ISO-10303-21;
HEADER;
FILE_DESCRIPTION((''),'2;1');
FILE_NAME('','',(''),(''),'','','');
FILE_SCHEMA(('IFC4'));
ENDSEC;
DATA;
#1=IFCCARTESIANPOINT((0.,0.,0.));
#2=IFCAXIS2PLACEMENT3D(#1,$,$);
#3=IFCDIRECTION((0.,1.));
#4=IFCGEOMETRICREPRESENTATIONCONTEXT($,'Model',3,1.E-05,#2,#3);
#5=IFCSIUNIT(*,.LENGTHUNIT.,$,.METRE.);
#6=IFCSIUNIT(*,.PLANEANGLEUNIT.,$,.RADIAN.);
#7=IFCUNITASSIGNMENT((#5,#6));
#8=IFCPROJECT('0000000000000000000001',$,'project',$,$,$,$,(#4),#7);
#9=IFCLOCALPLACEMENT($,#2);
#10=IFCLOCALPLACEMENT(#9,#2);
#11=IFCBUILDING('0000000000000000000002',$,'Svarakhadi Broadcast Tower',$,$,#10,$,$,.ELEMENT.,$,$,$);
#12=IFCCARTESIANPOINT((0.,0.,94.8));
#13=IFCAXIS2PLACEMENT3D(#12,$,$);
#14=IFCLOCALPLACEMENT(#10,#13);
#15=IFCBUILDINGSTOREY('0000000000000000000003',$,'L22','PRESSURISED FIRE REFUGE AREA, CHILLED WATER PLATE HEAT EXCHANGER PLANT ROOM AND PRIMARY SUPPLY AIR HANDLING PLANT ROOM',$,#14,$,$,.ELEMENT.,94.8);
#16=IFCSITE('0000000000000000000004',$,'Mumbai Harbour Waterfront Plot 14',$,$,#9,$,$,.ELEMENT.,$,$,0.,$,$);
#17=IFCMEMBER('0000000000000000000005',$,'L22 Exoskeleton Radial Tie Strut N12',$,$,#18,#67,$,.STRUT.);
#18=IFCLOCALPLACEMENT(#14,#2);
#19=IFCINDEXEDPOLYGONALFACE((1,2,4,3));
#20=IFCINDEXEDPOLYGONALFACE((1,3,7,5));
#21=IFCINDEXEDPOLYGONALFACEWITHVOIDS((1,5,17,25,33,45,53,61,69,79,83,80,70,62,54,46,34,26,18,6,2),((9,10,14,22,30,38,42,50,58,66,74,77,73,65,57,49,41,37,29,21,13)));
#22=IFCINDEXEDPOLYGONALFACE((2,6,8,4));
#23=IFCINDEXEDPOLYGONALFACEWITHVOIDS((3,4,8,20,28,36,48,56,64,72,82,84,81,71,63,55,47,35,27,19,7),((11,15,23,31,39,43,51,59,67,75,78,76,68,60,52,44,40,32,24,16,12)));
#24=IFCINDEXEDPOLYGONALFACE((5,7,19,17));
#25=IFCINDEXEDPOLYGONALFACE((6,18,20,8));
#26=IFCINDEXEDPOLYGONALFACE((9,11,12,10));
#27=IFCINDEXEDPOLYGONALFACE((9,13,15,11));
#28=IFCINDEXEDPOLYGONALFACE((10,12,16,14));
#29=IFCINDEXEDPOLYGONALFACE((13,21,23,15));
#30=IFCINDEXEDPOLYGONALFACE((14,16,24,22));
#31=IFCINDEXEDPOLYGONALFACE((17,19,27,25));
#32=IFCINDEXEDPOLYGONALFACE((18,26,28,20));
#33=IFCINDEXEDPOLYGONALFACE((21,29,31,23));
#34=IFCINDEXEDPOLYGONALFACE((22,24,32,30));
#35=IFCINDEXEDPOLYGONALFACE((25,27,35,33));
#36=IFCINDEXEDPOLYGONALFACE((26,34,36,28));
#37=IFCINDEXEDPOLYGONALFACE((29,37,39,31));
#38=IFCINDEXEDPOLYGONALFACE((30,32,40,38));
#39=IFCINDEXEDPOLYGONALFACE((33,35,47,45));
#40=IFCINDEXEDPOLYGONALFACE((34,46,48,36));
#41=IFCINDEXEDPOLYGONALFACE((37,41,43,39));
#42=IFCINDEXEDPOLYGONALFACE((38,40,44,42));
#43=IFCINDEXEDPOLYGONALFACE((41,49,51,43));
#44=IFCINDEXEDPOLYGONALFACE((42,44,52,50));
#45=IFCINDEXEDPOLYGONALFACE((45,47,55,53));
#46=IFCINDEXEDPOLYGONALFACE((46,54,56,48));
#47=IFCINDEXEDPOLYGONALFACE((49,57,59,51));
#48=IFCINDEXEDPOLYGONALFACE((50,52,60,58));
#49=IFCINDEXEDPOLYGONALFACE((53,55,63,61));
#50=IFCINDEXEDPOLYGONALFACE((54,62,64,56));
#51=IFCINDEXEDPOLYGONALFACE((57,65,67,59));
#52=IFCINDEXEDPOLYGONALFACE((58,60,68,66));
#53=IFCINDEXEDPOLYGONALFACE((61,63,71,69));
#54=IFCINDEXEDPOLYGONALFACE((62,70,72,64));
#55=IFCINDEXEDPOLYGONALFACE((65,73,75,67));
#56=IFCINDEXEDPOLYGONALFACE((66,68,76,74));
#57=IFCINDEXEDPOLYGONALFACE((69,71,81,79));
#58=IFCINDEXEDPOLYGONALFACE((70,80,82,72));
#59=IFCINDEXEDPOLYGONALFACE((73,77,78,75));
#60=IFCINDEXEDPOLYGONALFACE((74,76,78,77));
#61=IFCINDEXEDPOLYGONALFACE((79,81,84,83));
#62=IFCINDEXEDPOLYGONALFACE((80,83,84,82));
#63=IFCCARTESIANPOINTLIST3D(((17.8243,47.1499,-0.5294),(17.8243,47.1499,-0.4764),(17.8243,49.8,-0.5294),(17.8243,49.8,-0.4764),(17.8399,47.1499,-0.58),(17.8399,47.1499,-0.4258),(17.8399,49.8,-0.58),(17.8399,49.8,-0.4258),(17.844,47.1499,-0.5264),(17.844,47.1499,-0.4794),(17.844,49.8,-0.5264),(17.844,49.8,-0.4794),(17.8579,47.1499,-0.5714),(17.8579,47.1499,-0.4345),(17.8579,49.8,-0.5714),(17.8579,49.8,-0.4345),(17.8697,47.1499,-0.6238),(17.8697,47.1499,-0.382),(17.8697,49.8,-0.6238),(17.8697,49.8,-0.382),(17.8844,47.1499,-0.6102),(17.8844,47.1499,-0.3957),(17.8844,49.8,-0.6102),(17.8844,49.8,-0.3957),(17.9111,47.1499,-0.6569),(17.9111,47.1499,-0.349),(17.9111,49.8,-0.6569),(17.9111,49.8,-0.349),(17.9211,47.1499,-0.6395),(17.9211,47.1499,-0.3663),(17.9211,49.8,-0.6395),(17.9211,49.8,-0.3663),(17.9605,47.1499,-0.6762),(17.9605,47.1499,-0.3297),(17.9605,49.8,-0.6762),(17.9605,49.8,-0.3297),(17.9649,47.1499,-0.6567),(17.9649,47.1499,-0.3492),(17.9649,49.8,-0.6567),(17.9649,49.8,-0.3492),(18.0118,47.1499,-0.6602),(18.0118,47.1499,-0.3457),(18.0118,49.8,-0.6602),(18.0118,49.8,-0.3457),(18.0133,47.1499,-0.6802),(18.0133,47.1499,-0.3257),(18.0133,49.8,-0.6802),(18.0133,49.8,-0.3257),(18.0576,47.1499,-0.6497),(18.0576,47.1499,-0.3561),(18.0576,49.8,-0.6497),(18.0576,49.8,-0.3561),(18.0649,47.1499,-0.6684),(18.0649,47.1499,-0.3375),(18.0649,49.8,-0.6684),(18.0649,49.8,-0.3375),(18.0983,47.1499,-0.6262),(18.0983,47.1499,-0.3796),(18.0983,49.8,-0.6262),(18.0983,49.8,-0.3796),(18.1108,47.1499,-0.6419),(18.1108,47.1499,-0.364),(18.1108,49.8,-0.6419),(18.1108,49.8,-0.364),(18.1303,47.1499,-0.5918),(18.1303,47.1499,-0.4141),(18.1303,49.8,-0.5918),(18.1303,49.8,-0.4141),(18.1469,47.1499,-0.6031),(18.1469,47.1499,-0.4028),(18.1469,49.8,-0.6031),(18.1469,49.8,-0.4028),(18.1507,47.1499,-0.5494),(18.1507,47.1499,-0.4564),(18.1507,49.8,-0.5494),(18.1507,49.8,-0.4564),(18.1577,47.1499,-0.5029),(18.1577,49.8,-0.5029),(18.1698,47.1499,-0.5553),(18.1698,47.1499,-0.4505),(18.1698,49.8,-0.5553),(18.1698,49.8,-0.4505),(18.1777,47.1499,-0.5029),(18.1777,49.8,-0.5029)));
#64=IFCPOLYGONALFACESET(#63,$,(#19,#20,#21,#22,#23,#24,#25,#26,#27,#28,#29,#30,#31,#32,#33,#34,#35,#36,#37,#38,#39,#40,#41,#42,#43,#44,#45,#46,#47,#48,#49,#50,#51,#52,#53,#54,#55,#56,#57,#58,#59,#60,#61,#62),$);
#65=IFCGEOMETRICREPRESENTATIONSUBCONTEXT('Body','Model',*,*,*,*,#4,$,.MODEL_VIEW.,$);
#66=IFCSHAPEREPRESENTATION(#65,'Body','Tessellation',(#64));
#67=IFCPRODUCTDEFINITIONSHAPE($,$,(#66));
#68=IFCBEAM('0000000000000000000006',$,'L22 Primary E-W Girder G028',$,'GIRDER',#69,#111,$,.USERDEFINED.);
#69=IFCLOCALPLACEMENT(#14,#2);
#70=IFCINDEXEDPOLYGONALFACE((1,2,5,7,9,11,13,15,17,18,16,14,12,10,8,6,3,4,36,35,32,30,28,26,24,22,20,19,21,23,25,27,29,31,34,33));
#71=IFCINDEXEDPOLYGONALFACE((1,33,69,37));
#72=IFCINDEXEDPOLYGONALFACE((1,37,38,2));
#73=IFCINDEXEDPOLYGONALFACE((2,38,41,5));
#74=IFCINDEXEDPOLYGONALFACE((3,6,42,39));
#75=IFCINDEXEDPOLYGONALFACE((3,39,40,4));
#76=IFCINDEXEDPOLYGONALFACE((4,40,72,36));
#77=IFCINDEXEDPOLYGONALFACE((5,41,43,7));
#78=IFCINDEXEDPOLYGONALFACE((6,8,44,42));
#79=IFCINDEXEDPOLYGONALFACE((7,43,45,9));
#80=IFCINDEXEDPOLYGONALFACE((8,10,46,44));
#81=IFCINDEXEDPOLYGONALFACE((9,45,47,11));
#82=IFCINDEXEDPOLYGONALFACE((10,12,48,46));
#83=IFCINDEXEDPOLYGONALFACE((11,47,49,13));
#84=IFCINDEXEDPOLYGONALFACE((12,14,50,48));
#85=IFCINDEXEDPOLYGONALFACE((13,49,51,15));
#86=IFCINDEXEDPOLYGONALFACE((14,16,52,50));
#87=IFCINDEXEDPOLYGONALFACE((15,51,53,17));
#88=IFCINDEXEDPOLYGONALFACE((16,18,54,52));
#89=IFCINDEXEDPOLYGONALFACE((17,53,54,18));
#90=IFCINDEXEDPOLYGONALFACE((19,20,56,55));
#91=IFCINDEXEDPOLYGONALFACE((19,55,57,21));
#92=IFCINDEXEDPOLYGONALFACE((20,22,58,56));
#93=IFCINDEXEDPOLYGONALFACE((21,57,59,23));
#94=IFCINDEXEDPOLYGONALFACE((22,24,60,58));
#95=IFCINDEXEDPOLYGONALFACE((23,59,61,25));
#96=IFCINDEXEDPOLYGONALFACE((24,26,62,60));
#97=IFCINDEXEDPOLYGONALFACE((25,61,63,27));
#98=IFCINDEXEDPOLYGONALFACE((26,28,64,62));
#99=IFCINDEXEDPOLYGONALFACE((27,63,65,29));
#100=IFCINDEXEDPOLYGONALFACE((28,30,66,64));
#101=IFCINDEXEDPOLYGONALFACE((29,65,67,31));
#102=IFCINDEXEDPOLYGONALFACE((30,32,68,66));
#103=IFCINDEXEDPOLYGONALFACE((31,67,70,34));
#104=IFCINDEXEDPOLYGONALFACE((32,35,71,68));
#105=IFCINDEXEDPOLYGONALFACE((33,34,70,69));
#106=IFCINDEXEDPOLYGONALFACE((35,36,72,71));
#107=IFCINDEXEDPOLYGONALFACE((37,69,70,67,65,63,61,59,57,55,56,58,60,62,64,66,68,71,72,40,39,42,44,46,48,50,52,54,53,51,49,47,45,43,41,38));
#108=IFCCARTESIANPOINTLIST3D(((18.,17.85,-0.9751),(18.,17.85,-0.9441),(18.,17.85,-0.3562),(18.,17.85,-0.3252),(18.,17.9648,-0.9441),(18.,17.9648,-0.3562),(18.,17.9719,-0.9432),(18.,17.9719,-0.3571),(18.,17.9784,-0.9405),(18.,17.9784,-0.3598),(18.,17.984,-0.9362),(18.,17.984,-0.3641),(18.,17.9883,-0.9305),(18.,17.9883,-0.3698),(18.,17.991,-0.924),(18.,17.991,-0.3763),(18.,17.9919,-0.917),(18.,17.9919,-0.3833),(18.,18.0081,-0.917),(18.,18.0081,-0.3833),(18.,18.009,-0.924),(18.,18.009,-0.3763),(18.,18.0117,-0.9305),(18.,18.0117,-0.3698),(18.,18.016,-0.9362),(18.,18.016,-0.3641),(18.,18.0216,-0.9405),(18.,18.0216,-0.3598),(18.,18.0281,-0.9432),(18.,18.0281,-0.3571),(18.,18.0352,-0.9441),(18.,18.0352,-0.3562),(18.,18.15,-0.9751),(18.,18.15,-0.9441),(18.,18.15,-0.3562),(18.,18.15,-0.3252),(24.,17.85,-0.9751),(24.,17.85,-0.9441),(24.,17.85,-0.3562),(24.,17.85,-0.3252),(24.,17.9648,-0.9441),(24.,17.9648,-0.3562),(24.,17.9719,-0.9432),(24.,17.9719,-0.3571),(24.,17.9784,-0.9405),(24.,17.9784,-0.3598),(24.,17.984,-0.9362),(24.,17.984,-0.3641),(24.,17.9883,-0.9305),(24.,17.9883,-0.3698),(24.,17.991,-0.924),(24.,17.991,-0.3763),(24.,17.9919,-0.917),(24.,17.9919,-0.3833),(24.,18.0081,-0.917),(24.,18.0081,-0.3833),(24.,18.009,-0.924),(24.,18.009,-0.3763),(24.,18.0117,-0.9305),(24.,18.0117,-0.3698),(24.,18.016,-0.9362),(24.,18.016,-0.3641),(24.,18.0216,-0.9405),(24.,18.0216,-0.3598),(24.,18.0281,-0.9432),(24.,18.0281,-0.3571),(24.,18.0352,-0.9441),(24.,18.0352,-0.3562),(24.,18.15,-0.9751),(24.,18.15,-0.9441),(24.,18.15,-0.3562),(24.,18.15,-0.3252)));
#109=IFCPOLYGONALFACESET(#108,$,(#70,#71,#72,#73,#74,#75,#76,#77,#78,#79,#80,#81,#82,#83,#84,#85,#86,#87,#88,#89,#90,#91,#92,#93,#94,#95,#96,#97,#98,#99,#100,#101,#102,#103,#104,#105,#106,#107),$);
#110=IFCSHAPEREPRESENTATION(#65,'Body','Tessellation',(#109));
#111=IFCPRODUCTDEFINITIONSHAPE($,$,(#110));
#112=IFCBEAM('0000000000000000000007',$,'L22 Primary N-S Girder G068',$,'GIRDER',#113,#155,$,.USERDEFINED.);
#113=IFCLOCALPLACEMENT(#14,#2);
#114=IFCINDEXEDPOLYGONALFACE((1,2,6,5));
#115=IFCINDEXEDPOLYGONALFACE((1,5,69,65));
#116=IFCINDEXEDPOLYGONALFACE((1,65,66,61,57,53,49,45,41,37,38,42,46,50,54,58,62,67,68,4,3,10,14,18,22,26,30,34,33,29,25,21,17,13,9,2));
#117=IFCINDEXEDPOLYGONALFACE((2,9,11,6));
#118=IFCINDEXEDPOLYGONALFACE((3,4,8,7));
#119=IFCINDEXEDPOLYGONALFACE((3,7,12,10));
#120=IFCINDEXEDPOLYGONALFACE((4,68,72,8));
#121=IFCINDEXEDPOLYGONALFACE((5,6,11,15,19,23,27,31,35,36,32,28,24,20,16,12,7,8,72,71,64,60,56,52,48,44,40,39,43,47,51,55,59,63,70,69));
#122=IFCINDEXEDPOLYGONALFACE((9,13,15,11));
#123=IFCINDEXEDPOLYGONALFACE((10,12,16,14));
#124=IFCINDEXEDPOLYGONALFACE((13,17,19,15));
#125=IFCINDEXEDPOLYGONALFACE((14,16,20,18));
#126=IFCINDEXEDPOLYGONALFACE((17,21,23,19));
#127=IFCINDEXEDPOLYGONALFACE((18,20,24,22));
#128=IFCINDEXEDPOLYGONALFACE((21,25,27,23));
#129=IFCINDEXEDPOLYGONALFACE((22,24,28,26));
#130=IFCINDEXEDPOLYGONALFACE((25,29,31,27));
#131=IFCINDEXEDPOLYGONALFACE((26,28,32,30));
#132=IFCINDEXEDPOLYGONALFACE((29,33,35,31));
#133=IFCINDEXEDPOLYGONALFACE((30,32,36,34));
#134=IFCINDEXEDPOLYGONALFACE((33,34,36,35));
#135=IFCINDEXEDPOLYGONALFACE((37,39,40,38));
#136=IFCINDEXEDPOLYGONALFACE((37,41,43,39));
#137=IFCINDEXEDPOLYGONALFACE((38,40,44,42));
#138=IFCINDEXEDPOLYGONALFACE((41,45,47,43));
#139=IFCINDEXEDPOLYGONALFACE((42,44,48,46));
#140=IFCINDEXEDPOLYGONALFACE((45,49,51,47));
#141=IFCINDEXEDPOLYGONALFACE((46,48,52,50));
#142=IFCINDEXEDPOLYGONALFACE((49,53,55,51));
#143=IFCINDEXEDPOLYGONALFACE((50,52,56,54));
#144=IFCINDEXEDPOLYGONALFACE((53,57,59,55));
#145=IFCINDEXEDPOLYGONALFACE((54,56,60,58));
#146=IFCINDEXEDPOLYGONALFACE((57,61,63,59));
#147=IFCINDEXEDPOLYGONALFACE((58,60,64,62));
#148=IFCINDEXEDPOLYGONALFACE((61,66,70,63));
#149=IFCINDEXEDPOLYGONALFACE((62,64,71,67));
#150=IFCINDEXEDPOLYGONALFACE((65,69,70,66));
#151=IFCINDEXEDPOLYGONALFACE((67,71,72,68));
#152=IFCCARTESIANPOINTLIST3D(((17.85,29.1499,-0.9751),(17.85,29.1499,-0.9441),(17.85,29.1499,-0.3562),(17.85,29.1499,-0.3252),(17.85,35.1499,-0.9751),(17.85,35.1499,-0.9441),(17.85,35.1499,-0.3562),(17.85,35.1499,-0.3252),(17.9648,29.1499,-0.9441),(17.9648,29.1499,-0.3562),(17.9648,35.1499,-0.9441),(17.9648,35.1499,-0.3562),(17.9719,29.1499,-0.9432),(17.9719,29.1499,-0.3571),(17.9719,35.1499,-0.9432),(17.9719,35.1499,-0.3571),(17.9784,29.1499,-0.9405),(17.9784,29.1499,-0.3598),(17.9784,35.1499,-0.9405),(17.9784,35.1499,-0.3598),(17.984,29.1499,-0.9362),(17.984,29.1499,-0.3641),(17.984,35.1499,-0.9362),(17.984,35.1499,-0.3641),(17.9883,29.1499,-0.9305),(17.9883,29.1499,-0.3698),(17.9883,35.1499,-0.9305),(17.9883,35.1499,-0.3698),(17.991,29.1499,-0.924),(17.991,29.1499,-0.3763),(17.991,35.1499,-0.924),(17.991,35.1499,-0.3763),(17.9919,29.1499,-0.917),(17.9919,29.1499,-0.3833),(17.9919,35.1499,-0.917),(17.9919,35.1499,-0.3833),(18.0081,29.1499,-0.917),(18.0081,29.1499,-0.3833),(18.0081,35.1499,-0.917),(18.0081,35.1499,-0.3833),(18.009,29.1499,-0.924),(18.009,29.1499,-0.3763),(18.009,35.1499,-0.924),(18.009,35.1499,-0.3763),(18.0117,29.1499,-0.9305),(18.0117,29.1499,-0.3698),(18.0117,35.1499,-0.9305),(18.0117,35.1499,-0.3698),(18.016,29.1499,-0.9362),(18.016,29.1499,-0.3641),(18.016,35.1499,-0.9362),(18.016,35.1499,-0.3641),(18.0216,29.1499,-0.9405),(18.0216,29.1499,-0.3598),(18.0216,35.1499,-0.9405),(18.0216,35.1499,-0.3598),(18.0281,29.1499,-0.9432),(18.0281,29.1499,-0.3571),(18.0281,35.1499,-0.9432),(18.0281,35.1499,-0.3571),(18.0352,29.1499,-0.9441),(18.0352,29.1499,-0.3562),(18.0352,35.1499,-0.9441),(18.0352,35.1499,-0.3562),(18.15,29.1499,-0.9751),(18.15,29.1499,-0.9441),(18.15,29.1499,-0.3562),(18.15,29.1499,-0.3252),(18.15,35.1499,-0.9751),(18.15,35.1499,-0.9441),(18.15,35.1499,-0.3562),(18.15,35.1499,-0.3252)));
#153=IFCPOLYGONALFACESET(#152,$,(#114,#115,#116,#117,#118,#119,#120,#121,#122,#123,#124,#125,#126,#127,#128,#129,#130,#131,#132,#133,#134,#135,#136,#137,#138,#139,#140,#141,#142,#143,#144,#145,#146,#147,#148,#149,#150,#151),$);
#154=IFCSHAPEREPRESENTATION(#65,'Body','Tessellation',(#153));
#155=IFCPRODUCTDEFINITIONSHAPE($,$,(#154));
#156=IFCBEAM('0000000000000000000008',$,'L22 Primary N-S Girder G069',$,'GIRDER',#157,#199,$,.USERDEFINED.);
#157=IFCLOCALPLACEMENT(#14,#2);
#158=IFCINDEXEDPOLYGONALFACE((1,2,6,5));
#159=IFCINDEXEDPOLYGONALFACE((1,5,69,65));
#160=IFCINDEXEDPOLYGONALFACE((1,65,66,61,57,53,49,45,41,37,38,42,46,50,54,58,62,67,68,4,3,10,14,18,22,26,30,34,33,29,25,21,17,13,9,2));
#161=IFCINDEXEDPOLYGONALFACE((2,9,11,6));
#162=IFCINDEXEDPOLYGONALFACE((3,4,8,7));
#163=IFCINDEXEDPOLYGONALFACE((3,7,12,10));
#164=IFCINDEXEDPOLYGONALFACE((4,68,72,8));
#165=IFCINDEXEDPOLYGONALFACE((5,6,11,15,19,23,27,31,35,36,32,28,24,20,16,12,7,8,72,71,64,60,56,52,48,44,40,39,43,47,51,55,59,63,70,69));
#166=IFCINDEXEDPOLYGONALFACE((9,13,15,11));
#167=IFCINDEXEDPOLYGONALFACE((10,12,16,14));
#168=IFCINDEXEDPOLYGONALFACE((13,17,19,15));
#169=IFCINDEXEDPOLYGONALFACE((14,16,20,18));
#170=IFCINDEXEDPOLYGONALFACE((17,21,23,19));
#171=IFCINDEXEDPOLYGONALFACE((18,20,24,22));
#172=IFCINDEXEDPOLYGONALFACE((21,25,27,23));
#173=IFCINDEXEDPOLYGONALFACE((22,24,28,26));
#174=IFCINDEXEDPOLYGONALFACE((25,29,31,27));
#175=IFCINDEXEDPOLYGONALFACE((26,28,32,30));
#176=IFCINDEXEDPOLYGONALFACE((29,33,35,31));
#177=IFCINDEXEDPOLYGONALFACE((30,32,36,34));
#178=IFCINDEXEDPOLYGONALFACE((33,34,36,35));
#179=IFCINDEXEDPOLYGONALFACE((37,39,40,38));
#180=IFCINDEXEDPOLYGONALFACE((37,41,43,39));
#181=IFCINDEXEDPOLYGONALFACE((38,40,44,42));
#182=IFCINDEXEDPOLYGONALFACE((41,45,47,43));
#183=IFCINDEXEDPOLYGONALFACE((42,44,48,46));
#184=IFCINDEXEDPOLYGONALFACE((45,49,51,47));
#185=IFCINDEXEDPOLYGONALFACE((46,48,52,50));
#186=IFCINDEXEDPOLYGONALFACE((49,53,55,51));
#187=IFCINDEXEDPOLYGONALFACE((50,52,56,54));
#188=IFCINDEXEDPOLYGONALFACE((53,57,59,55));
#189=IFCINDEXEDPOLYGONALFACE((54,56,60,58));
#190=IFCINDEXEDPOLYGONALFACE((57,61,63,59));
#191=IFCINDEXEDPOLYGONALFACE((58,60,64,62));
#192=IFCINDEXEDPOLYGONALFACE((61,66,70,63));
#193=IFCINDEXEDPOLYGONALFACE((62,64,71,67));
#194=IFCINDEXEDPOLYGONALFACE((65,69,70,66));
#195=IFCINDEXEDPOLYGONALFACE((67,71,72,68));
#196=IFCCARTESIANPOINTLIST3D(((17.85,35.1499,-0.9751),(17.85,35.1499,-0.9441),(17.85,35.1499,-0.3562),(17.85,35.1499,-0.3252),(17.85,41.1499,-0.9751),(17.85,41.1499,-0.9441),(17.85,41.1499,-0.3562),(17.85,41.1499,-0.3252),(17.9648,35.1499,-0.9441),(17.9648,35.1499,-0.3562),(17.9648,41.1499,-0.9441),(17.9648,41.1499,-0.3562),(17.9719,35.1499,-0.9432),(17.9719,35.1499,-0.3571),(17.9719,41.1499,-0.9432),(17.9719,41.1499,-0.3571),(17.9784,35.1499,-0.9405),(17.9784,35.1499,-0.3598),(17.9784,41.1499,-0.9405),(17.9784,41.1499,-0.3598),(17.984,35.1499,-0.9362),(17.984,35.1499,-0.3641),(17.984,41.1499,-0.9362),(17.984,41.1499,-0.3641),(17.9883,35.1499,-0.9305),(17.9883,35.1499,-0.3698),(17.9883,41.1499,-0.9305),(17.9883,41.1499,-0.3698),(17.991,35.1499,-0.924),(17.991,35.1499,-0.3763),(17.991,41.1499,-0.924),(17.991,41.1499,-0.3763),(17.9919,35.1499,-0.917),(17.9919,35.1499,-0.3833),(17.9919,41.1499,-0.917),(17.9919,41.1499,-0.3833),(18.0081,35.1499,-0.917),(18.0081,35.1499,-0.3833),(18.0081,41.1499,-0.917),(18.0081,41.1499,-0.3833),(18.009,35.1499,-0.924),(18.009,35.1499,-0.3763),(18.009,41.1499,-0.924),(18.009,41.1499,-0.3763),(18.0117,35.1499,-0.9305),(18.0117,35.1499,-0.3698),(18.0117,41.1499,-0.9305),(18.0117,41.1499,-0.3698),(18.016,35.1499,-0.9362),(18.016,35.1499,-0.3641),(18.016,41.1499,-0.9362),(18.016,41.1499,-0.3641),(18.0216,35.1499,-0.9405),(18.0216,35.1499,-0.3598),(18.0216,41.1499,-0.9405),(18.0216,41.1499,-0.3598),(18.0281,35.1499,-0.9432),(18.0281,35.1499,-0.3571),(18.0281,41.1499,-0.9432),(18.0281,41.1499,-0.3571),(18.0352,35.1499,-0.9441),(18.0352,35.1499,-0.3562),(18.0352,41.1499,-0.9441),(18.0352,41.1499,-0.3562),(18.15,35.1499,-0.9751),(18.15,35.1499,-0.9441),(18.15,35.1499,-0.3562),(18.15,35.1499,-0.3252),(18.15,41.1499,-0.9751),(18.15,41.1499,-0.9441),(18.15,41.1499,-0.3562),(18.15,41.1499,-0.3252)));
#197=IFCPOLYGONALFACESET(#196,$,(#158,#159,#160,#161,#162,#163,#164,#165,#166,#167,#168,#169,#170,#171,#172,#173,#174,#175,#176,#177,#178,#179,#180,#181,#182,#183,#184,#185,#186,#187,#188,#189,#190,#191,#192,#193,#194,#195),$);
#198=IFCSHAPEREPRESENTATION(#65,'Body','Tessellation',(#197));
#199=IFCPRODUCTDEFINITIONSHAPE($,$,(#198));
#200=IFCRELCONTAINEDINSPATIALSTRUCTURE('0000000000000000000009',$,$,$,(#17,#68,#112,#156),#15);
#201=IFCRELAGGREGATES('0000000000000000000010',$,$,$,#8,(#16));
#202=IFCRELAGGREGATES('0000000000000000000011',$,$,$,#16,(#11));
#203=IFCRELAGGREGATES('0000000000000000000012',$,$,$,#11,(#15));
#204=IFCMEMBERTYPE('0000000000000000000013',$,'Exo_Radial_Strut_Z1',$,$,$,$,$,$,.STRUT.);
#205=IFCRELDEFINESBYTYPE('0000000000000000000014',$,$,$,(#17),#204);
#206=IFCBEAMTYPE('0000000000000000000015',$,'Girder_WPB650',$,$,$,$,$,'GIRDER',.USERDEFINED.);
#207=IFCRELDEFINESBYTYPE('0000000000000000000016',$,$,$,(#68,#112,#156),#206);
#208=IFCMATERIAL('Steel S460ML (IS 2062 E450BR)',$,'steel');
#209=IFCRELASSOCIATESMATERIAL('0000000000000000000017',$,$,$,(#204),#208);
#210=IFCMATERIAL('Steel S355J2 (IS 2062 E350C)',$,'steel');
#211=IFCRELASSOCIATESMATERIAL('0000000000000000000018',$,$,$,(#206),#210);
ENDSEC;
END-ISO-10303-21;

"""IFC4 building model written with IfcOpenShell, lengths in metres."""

from ifc_helpers import new_model, si_unit, direction, frame, origin, origin_2d, place, context, subcontext, project, spatial, hollow_circle, i_section, extrude, material, material_profile, profile_set, type_object, element, save


model = new_model("IFC4")

# Units and contexts
model_context = context("Model", 3, precision=1e-05, world=origin(), true_north=direction((0.0, 1.0)))
body_context = subcontext(model_context, "Body", "Model", "MODEL_VIEW")
ifc_project = project(units=[si_unit("LENGTHUNIT", "METRE"), si_unit("PLANEANGLEUNIT", "RADIAN")], contexts=[model_context])

# Site, building, storey
site_placement = place(None, origin())
site = spatial("IfcSite", under=ifc_project, at=site_placement, Name="Mumbai Harbour Waterfront Plot 14", CompositionType="ELEMENT", RefElevation=0.0)
building_placement = place(site_placement, origin())
building = spatial("IfcBuilding", under=site, at=building_placement, Name="Svarakhadi Broadcast Tower", CompositionType="ELEMENT")
storey_placement = place(building_placement, frame((0.0, 0.0, 94.8)))
storey = spatial("IfcBuildingStorey", under=building, at=storey_placement, Name="L22", Description="PRESSURISED FIRE REFUGE AREA, CHILLED WATER PLATE HEAT EXCHANGER PLANT ROOM AND PRIMARY SUPPLY AIR HANDLING PLANT ROOM", CompositionType="ELEMENT", Elevation=94.8)

# Shared definitions
ifc_material_1 = material(Name="Steel S460ML (IS 2062 E450BR)", Category="steel")

# Member
ifc_material_profile_1 = material_profile(ifc_material_1, hollow_circle(Radius=0.1777, WallThickness=0.02, at=origin_2d()), Name="CHS 355.6x20")
ifc_profile_set_1 = profile_set([ifc_material_profile_1], Name="Steel S460ML (IS 2062 E450BR)")
member_type_1 = type_object("IfcMemberType", Name="Exo_Radial_Strut_Z1", PredefinedType="STRUT", material=ifc_profile_set_1)
member_1_placement = place(storey_placement, frame((18.0, 49.8, -0.5029), z_axis=(0.0, -1.0, 0.0), x_axis=(1.0, 0.0, 0.0)))
element("IfcMember", 1, at=member_1_placement, inside=storey, type_object=member_type_1, Name="L22 Exoskeleton Radial Tie Strut N12", PredefinedType="STRUT", context=body_context, shape_type="SweptSolid", body=[
    extrude(hollow_circle(Radius=0.1777, WallThickness=0.02, at=origin_2d()), origin(), (0.0, 0.0, 1.0), 2.6501),
])

# Beams
ifc_material_2 = material(Name="Steel S355J2 (IS 2062 E350C)", Category="steel")
ifc_material_profile_2 = material_profile(ifc_material_2, i_section(OverallWidth=0.3, OverallDepth=0.6499, WebThickness=0.0161, FlangeThickness=0.031, FilletRadius=0.0271, at=origin_2d()), Name="WPB 650x300x225")
ifc_profile_set_2 = profile_set([ifc_material_profile_2], Name="Steel S355J2 (IS 2062 E350C)")
beam_type_1 = type_object("IfcBeamType", Name="Girder_WPB650", ElementType="GIRDER", PredefinedType="USERDEFINED", material=ifc_profile_set_2)
for number, where, z_axis, x_axis, name in (
    (2, (18.0, 18.0, -0.6501), (1.0, 0.0, 0.0), (0.0, 1.0, 0.0), "L22 Primary E-W Girder G028"),
    (3, (18.0, 29.1499, -0.6501), (0.0, 1.0, 0.0), (-1.0, 0.0, 0.0), "L22 Primary N-S Girder G068"),
    (4, (18.0, 35.1499, -0.6501), (0.0, 1.0, 0.0), (-1.0, 0.0, 0.0), "L22 Primary N-S Girder G069"),
):
    element("IfcBeam", number, at=place(storey_placement, frame(where, z_axis=z_axis, x_axis=x_axis)), inside=storey, type_object=beam_type_1, Name=name, ObjectType="GIRDER", PredefinedType="USERDEFINED", context=body_context, shape_type="SweptSolid", body=[
        extrude(i_section(OverallWidth=0.3, OverallDepth=0.6499, WebThickness=0.0161, FlangeThickness=0.031, FilletRadius=0.0271, at=origin_2d()), origin(), (0.0, 0.0, 1.0), 6.0),
    ])

save(model, "model.ifc")
